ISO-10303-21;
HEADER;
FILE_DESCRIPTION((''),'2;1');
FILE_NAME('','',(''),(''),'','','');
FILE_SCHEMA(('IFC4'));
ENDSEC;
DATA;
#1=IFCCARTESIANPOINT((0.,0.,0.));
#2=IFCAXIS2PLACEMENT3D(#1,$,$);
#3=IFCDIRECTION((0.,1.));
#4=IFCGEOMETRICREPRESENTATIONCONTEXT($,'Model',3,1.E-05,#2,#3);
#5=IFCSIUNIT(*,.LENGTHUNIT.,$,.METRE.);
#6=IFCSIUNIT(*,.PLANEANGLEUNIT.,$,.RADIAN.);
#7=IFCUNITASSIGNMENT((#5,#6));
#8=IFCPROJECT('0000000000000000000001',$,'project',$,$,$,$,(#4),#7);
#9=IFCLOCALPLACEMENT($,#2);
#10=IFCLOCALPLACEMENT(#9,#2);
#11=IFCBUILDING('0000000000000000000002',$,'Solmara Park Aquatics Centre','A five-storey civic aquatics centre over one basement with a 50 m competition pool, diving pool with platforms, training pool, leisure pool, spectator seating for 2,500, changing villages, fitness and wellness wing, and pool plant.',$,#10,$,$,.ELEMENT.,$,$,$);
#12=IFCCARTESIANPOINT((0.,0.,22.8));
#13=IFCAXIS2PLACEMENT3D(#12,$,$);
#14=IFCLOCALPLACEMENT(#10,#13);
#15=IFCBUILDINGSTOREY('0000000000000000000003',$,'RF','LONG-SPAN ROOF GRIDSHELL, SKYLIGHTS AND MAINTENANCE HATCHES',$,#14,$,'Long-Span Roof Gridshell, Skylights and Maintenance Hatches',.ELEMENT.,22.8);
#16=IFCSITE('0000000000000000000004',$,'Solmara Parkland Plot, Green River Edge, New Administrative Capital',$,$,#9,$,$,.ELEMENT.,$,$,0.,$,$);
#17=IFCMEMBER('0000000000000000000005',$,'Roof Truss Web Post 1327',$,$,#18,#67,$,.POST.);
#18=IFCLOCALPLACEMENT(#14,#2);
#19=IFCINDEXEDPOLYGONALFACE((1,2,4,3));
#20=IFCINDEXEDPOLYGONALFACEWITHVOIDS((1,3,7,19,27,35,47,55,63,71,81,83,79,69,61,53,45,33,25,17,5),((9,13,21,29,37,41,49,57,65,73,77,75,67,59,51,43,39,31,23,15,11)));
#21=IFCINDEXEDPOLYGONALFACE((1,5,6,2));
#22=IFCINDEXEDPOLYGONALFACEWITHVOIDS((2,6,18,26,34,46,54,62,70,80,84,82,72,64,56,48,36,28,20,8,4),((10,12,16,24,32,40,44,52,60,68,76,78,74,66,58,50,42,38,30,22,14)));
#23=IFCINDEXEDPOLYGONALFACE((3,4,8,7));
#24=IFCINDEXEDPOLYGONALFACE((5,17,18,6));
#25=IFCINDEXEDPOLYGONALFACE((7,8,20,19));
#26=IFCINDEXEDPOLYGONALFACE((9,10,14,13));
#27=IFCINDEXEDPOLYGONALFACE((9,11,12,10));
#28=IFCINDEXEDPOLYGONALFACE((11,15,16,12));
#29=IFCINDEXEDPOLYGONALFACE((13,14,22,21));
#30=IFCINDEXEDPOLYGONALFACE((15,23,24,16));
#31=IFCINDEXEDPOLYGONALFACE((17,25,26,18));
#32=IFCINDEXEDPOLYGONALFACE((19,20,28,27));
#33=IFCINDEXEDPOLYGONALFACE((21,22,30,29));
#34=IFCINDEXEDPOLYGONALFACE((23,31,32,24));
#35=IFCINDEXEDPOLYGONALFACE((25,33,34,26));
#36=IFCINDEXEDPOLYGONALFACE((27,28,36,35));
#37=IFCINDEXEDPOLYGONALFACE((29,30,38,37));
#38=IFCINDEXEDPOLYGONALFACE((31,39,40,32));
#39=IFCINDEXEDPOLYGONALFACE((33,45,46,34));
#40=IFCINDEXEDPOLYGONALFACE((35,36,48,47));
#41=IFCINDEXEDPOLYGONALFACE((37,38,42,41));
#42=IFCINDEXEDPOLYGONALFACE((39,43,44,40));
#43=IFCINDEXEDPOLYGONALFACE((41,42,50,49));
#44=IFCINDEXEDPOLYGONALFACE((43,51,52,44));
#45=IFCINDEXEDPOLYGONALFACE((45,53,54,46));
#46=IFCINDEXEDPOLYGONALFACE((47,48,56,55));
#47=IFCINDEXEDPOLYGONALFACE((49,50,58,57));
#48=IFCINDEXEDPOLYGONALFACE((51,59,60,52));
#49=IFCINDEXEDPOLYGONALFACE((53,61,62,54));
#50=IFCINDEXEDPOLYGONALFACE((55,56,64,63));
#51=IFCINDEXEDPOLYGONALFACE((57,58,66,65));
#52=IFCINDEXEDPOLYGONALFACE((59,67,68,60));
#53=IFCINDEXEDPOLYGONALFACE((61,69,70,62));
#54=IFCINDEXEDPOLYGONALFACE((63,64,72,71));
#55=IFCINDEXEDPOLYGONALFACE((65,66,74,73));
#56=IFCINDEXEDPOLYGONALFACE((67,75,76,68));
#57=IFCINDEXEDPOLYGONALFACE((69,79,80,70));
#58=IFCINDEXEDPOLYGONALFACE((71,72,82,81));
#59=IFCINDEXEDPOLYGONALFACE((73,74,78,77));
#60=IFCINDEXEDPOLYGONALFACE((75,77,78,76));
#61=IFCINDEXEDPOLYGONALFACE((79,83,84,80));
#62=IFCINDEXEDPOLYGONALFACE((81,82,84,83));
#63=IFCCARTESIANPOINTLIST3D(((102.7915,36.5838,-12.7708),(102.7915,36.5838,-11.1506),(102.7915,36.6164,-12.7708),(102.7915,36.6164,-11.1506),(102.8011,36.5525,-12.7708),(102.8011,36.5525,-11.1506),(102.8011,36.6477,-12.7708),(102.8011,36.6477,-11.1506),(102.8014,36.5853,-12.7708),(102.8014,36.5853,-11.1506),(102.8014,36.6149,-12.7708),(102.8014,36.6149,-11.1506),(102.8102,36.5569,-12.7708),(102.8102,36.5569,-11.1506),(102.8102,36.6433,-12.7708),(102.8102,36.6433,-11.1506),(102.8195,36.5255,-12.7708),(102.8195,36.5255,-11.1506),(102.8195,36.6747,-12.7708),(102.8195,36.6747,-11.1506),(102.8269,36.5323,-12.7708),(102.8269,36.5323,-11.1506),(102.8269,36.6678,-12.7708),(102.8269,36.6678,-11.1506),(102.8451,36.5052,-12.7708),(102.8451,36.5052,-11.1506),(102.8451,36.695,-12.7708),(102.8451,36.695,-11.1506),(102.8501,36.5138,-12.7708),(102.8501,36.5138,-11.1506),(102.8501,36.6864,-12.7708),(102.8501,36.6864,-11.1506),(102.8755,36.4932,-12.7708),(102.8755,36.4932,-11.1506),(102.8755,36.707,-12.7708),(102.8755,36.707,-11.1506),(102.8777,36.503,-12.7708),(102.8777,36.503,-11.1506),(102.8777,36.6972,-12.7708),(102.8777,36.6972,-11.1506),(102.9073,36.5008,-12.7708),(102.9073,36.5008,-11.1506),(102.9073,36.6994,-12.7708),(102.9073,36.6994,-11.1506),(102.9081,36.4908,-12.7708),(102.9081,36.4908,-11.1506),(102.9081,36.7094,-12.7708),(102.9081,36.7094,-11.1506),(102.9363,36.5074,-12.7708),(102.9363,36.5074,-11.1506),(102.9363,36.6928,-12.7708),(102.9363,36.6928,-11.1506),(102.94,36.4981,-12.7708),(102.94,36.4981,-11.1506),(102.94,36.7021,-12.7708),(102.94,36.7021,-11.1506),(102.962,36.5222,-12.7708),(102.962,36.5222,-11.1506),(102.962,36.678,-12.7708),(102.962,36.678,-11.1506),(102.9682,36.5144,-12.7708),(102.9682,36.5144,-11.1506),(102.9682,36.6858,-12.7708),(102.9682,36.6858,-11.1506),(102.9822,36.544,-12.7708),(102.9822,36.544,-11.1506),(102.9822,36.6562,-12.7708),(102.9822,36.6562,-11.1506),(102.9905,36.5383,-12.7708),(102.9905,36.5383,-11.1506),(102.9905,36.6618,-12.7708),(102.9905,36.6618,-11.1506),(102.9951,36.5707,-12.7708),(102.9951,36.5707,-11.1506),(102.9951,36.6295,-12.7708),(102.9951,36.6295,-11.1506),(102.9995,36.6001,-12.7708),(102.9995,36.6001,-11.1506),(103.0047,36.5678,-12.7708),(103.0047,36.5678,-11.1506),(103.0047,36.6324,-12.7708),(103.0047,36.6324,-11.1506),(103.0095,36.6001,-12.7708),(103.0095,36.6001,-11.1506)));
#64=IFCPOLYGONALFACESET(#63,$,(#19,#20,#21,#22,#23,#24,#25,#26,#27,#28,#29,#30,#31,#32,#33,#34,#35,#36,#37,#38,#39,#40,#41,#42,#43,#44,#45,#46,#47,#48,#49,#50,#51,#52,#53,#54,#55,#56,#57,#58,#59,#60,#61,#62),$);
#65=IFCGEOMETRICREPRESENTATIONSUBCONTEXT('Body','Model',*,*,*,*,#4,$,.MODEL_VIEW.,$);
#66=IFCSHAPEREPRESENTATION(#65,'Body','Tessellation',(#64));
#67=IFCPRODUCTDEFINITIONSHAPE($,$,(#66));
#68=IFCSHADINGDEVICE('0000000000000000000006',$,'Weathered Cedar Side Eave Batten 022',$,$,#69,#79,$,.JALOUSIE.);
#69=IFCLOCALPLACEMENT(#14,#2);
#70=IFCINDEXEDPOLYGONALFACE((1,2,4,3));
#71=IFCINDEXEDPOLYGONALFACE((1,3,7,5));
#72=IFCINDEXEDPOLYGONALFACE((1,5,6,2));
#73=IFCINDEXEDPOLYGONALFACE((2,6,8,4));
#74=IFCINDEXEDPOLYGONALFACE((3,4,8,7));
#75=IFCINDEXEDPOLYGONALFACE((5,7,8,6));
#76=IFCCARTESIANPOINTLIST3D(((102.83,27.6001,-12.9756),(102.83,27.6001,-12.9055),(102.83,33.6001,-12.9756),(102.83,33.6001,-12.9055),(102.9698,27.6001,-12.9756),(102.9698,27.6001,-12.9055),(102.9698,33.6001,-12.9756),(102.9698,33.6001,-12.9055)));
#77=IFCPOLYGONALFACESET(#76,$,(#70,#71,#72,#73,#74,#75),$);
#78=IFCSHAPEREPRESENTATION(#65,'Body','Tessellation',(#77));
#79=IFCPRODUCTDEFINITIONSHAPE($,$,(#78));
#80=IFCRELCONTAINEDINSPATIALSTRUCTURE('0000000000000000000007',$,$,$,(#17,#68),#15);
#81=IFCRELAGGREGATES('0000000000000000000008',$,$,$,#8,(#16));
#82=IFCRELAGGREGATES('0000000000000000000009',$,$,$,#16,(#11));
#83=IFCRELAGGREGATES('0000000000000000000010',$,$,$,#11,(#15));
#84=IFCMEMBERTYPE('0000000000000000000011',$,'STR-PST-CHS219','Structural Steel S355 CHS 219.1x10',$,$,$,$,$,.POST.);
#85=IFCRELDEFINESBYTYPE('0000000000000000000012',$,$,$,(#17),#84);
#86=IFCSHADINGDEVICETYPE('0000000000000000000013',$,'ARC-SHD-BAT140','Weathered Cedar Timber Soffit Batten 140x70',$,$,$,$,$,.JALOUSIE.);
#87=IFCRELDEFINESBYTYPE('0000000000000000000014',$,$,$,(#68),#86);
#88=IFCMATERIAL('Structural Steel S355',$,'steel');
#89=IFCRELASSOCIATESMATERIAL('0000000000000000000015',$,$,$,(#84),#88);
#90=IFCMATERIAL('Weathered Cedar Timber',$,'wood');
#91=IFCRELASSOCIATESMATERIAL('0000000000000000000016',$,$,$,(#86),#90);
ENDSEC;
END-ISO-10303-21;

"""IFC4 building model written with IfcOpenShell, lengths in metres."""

from ifc_helpers import new_model, si_unit, direction, frame, origin, origin_2d, place, context, subcontext, project, spatial, rectangle, hollow_circle, extrude, material, material_profile, profile_set, type_object, element, save


model = new_model("IFC4")

# Units and contexts
model_context = context("Model", 3, precision=1e-05, world=origin(), true_north=direction((0.0, 1.0)))
body_context = subcontext(model_context, "Body", "Model", "MODEL_VIEW")
ifc_project = project(units=[si_unit("LENGTHUNIT", "METRE"), si_unit("PLANEANGLEUNIT", "RADIAN")], contexts=[model_context])

# Site, building, storey
site_placement = place(None, origin())
site = spatial("IfcSite", under=ifc_project, at=site_placement, Name="Solmara Parkland Plot, Green River Edge, New Administrative Capital", CompositionType="ELEMENT", RefElevation=0.0)
building_placement = place(site_placement, origin())
building = spatial("IfcBuilding", under=site, at=building_placement, Name="Solmara Park Aquatics Centre", Description="A five-storey civic aquatics centre over one basement with a 50 m competition pool, diving pool with platforms, training pool, leisure pool, spectator seating for 2,500, changing villages, fitness and wellness wing, and pool plant.", CompositionType="ELEMENT")
storey_placement = place(building_placement, frame((0.0, 0.0, 22.8)))
storey = spatial("IfcBuildingStorey", under=building, at=storey_placement, Name="RF", Description="LONG-SPAN ROOF GRIDSHELL, SKYLIGHTS AND MAINTENANCE HATCHES", LongName="Long-Span Roof Gridshell, Skylights and Maintenance Hatches", CompositionType="ELEMENT", Elevation=22.8)

# Member
ifc_material_1 = material(Name="Structural Steel S355", Category="steel")
ifc_material_profile_1 = material_profile(ifc_material_1, hollow_circle(Radius=0.1096, WallThickness=0.01, at=origin_2d()), Name="CHS 219.1x10")
ifc_profile_set_1 = profile_set([ifc_material_profile_1], Name="Structural Steel S355")
member_type_1 = type_object("IfcMemberType", Name="STR-PST-CHS219", Description="Structural Steel S355 CHS 219.1x10", PredefinedType="POST", material=ifc_profile_set_1)
for number, where, z_axis, x_axis, name in (
    (1, (102.8999, 36.6001, -12.7708), (0.0, 0.0, 1.0), (1.0, 0.0, 0.0), "Roof Truss Web Post 1327"),
):
    element("IfcMember", number, at=place(storey_placement, frame(where, z_axis=z_axis, x_axis=x_axis)), inside=storey, type_object=member_type_1, Name=name, PredefinedType="POST", context=body_context, shape_type="SweptSolid", body=[
        extrude(hollow_circle(Radius=0.1096, WallThickness=0.01, at=origin_2d()), origin(), (0.0, 0.0, 1.0), 1.6201),
    ])

# Shading device
ifc_material_2 = material(Name="Weathered Cedar Timber", Category="wood")
shading_device_type = type_object("IfcShadingDeviceType", Name="ARC-SHD-BAT140", Description="Weathered Cedar Timber Soffit Batten 140x70", PredefinedType="JALOUSIE", material=ifc_material_2)
shading_device_placement = place(storey_placement, frame((102.8999, 30.6001, -12.9756), z_axis=(0.0, 0.0, 1.0), x_axis=(1.0, 0.0, 0.0)))
element("IfcShadingDevice", 2, at=shading_device_placement, inside=storey, type_object=shading_device_type, Name="Weathered Cedar Side Eave Batten 022", PredefinedType="JALOUSIE", context=body_context, shape_type="SweptSolid", body=[
    extrude(rectangle(XDim=0.1399, YDim=6.0, at=origin_2d()), origin(), (0.0, 0.0, 1.0), 0.0701),
])

save(model, "model.ifc")
